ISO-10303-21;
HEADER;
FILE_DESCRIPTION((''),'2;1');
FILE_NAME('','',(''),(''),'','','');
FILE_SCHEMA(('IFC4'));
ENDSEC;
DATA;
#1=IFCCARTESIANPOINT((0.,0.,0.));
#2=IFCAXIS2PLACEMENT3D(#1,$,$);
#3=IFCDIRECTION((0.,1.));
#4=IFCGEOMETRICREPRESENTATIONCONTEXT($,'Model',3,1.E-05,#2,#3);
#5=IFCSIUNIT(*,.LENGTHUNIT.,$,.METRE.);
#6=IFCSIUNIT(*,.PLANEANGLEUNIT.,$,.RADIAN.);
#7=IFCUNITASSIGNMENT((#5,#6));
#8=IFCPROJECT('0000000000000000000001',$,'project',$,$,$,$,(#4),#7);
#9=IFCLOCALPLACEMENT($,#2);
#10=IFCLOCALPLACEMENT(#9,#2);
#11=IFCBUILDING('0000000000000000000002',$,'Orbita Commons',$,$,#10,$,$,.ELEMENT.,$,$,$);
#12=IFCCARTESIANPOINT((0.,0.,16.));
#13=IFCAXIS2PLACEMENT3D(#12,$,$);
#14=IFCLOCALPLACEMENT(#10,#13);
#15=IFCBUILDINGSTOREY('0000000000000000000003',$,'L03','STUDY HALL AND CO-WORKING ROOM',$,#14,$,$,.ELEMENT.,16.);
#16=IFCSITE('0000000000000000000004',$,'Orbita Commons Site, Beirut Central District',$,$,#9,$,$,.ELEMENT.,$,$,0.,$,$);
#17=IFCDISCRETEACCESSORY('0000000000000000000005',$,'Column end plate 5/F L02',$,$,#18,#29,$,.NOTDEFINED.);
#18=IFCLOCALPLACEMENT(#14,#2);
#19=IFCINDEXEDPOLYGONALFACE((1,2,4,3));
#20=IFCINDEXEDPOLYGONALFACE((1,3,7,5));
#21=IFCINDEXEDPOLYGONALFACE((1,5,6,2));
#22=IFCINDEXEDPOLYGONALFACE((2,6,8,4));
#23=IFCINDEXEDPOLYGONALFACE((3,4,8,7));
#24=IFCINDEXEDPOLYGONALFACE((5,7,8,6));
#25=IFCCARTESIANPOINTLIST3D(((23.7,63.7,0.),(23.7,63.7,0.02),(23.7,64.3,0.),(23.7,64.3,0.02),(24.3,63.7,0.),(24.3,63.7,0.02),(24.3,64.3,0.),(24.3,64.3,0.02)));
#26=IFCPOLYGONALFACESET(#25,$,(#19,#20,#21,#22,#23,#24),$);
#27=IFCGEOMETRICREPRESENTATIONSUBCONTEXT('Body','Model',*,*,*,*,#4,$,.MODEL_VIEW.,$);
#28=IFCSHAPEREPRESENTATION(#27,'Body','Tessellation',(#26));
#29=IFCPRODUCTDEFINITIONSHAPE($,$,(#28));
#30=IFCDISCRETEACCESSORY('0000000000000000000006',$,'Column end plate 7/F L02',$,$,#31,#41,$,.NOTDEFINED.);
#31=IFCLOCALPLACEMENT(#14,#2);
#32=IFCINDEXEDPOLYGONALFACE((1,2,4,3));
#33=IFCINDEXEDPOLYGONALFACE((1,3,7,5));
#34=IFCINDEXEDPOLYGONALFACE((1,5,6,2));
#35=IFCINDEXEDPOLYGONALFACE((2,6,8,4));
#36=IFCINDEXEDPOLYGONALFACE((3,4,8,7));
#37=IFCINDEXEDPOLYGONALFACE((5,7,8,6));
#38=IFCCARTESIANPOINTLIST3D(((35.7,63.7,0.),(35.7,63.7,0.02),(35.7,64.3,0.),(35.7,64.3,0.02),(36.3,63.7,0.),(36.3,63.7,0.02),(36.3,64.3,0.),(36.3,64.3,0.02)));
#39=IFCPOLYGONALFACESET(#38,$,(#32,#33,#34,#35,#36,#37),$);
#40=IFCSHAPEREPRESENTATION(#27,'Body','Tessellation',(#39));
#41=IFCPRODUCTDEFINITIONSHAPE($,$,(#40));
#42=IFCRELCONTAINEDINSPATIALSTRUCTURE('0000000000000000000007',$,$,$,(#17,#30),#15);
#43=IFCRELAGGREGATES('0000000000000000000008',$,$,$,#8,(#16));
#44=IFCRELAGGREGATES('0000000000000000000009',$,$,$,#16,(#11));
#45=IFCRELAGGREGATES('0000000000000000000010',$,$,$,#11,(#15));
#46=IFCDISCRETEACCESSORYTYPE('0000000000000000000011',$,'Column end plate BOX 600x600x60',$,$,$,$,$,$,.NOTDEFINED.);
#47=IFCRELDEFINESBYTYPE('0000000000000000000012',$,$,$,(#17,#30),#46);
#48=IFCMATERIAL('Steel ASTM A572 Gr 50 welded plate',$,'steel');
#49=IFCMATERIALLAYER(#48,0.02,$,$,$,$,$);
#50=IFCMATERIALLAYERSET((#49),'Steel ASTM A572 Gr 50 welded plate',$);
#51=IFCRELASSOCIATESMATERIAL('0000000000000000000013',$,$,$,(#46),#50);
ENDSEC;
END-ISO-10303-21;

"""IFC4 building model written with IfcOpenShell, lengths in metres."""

from ifc_helpers import new_model, si_unit, direction, frame, origin, origin_2d, place, context, subcontext, project, spatial, rectangle, extrude, material, layer, layer_set, type_object, element, save


model = new_model("IFC4")

# Units and contexts
model_context = context("Model", 3, precision=1e-05, world=origin(), true_north=direction((0.0, 1.0)))
body_context = subcontext(model_context, "Body", "Model", "MODEL_VIEW")
ifc_project = project(units=[si_unit("LENGTHUNIT", "METRE"), si_unit("PLANEANGLEUNIT", "RADIAN")], contexts=[model_context])

# Site, building, storey
site_placement = place(None, origin())
site = spatial("IfcSite", under=ifc_project, at=site_placement, Name="Orbita Commons Site, Beirut Central District", CompositionType="ELEMENT", RefElevation=0.0)
building_placement = place(site_placement, origin())
building = spatial("IfcBuilding", under=site, at=building_placement, Name="Orbita Commons", CompositionType="ELEMENT")
storey_placement = place(building_placement, frame((0.0, 0.0, 16.0)))
storey = spatial("IfcBuildingStorey", under=building, at=storey_placement, Name="L03", Description="STUDY HALL AND CO-WORKING ROOM", CompositionType="ELEMENT", Elevation=16.0)

# Discrete accessories
ifc_material_1 = material(Name="Steel ASTM A572 Gr 50 welded plate", Category="steel")
ifc_layer_1 = layer(ifc_material_1, 0.02)
ifc_layer_set_1 = layer_set([ifc_layer_1], Name="Steel ASTM A572 Gr 50 welded plate")
discrete_accessory_type = type_object("IfcDiscreteAccessoryType", Name="Column end plate BOX 600x600x60", PredefinedType="NOTDEFINED", material=ifc_layer_set_1)
for number, where, z_axis, x_axis, name in (
    (1, (24.0, 64.0, 0.0), (0.0, 0.0, 1.0), (1.0, 0.0, 0.0), "Column end plate 5/F L02"),
    (2, (36.0, 64.0, 0.0), (0.0, 0.0, 1.0), (1.0, 0.0, 0.0), "Column end plate 7/F L02"),
):
    element("IfcDiscreteAccessory", number, at=place(storey_placement, frame(where, z_axis=z_axis, x_axis=x_axis)), inside=storey, type_object=discrete_accessory_type, Name=name, PredefinedType="NOTDEFINED", context=body_context, shape_type="SweptSolid", body=[
        extrude(rectangle(XDim=0.6001, YDim=0.6001, at=origin_2d()), origin(), (0.0, 0.0, 1.0), 0.02),
    ])

save(model, "model.ifc")
